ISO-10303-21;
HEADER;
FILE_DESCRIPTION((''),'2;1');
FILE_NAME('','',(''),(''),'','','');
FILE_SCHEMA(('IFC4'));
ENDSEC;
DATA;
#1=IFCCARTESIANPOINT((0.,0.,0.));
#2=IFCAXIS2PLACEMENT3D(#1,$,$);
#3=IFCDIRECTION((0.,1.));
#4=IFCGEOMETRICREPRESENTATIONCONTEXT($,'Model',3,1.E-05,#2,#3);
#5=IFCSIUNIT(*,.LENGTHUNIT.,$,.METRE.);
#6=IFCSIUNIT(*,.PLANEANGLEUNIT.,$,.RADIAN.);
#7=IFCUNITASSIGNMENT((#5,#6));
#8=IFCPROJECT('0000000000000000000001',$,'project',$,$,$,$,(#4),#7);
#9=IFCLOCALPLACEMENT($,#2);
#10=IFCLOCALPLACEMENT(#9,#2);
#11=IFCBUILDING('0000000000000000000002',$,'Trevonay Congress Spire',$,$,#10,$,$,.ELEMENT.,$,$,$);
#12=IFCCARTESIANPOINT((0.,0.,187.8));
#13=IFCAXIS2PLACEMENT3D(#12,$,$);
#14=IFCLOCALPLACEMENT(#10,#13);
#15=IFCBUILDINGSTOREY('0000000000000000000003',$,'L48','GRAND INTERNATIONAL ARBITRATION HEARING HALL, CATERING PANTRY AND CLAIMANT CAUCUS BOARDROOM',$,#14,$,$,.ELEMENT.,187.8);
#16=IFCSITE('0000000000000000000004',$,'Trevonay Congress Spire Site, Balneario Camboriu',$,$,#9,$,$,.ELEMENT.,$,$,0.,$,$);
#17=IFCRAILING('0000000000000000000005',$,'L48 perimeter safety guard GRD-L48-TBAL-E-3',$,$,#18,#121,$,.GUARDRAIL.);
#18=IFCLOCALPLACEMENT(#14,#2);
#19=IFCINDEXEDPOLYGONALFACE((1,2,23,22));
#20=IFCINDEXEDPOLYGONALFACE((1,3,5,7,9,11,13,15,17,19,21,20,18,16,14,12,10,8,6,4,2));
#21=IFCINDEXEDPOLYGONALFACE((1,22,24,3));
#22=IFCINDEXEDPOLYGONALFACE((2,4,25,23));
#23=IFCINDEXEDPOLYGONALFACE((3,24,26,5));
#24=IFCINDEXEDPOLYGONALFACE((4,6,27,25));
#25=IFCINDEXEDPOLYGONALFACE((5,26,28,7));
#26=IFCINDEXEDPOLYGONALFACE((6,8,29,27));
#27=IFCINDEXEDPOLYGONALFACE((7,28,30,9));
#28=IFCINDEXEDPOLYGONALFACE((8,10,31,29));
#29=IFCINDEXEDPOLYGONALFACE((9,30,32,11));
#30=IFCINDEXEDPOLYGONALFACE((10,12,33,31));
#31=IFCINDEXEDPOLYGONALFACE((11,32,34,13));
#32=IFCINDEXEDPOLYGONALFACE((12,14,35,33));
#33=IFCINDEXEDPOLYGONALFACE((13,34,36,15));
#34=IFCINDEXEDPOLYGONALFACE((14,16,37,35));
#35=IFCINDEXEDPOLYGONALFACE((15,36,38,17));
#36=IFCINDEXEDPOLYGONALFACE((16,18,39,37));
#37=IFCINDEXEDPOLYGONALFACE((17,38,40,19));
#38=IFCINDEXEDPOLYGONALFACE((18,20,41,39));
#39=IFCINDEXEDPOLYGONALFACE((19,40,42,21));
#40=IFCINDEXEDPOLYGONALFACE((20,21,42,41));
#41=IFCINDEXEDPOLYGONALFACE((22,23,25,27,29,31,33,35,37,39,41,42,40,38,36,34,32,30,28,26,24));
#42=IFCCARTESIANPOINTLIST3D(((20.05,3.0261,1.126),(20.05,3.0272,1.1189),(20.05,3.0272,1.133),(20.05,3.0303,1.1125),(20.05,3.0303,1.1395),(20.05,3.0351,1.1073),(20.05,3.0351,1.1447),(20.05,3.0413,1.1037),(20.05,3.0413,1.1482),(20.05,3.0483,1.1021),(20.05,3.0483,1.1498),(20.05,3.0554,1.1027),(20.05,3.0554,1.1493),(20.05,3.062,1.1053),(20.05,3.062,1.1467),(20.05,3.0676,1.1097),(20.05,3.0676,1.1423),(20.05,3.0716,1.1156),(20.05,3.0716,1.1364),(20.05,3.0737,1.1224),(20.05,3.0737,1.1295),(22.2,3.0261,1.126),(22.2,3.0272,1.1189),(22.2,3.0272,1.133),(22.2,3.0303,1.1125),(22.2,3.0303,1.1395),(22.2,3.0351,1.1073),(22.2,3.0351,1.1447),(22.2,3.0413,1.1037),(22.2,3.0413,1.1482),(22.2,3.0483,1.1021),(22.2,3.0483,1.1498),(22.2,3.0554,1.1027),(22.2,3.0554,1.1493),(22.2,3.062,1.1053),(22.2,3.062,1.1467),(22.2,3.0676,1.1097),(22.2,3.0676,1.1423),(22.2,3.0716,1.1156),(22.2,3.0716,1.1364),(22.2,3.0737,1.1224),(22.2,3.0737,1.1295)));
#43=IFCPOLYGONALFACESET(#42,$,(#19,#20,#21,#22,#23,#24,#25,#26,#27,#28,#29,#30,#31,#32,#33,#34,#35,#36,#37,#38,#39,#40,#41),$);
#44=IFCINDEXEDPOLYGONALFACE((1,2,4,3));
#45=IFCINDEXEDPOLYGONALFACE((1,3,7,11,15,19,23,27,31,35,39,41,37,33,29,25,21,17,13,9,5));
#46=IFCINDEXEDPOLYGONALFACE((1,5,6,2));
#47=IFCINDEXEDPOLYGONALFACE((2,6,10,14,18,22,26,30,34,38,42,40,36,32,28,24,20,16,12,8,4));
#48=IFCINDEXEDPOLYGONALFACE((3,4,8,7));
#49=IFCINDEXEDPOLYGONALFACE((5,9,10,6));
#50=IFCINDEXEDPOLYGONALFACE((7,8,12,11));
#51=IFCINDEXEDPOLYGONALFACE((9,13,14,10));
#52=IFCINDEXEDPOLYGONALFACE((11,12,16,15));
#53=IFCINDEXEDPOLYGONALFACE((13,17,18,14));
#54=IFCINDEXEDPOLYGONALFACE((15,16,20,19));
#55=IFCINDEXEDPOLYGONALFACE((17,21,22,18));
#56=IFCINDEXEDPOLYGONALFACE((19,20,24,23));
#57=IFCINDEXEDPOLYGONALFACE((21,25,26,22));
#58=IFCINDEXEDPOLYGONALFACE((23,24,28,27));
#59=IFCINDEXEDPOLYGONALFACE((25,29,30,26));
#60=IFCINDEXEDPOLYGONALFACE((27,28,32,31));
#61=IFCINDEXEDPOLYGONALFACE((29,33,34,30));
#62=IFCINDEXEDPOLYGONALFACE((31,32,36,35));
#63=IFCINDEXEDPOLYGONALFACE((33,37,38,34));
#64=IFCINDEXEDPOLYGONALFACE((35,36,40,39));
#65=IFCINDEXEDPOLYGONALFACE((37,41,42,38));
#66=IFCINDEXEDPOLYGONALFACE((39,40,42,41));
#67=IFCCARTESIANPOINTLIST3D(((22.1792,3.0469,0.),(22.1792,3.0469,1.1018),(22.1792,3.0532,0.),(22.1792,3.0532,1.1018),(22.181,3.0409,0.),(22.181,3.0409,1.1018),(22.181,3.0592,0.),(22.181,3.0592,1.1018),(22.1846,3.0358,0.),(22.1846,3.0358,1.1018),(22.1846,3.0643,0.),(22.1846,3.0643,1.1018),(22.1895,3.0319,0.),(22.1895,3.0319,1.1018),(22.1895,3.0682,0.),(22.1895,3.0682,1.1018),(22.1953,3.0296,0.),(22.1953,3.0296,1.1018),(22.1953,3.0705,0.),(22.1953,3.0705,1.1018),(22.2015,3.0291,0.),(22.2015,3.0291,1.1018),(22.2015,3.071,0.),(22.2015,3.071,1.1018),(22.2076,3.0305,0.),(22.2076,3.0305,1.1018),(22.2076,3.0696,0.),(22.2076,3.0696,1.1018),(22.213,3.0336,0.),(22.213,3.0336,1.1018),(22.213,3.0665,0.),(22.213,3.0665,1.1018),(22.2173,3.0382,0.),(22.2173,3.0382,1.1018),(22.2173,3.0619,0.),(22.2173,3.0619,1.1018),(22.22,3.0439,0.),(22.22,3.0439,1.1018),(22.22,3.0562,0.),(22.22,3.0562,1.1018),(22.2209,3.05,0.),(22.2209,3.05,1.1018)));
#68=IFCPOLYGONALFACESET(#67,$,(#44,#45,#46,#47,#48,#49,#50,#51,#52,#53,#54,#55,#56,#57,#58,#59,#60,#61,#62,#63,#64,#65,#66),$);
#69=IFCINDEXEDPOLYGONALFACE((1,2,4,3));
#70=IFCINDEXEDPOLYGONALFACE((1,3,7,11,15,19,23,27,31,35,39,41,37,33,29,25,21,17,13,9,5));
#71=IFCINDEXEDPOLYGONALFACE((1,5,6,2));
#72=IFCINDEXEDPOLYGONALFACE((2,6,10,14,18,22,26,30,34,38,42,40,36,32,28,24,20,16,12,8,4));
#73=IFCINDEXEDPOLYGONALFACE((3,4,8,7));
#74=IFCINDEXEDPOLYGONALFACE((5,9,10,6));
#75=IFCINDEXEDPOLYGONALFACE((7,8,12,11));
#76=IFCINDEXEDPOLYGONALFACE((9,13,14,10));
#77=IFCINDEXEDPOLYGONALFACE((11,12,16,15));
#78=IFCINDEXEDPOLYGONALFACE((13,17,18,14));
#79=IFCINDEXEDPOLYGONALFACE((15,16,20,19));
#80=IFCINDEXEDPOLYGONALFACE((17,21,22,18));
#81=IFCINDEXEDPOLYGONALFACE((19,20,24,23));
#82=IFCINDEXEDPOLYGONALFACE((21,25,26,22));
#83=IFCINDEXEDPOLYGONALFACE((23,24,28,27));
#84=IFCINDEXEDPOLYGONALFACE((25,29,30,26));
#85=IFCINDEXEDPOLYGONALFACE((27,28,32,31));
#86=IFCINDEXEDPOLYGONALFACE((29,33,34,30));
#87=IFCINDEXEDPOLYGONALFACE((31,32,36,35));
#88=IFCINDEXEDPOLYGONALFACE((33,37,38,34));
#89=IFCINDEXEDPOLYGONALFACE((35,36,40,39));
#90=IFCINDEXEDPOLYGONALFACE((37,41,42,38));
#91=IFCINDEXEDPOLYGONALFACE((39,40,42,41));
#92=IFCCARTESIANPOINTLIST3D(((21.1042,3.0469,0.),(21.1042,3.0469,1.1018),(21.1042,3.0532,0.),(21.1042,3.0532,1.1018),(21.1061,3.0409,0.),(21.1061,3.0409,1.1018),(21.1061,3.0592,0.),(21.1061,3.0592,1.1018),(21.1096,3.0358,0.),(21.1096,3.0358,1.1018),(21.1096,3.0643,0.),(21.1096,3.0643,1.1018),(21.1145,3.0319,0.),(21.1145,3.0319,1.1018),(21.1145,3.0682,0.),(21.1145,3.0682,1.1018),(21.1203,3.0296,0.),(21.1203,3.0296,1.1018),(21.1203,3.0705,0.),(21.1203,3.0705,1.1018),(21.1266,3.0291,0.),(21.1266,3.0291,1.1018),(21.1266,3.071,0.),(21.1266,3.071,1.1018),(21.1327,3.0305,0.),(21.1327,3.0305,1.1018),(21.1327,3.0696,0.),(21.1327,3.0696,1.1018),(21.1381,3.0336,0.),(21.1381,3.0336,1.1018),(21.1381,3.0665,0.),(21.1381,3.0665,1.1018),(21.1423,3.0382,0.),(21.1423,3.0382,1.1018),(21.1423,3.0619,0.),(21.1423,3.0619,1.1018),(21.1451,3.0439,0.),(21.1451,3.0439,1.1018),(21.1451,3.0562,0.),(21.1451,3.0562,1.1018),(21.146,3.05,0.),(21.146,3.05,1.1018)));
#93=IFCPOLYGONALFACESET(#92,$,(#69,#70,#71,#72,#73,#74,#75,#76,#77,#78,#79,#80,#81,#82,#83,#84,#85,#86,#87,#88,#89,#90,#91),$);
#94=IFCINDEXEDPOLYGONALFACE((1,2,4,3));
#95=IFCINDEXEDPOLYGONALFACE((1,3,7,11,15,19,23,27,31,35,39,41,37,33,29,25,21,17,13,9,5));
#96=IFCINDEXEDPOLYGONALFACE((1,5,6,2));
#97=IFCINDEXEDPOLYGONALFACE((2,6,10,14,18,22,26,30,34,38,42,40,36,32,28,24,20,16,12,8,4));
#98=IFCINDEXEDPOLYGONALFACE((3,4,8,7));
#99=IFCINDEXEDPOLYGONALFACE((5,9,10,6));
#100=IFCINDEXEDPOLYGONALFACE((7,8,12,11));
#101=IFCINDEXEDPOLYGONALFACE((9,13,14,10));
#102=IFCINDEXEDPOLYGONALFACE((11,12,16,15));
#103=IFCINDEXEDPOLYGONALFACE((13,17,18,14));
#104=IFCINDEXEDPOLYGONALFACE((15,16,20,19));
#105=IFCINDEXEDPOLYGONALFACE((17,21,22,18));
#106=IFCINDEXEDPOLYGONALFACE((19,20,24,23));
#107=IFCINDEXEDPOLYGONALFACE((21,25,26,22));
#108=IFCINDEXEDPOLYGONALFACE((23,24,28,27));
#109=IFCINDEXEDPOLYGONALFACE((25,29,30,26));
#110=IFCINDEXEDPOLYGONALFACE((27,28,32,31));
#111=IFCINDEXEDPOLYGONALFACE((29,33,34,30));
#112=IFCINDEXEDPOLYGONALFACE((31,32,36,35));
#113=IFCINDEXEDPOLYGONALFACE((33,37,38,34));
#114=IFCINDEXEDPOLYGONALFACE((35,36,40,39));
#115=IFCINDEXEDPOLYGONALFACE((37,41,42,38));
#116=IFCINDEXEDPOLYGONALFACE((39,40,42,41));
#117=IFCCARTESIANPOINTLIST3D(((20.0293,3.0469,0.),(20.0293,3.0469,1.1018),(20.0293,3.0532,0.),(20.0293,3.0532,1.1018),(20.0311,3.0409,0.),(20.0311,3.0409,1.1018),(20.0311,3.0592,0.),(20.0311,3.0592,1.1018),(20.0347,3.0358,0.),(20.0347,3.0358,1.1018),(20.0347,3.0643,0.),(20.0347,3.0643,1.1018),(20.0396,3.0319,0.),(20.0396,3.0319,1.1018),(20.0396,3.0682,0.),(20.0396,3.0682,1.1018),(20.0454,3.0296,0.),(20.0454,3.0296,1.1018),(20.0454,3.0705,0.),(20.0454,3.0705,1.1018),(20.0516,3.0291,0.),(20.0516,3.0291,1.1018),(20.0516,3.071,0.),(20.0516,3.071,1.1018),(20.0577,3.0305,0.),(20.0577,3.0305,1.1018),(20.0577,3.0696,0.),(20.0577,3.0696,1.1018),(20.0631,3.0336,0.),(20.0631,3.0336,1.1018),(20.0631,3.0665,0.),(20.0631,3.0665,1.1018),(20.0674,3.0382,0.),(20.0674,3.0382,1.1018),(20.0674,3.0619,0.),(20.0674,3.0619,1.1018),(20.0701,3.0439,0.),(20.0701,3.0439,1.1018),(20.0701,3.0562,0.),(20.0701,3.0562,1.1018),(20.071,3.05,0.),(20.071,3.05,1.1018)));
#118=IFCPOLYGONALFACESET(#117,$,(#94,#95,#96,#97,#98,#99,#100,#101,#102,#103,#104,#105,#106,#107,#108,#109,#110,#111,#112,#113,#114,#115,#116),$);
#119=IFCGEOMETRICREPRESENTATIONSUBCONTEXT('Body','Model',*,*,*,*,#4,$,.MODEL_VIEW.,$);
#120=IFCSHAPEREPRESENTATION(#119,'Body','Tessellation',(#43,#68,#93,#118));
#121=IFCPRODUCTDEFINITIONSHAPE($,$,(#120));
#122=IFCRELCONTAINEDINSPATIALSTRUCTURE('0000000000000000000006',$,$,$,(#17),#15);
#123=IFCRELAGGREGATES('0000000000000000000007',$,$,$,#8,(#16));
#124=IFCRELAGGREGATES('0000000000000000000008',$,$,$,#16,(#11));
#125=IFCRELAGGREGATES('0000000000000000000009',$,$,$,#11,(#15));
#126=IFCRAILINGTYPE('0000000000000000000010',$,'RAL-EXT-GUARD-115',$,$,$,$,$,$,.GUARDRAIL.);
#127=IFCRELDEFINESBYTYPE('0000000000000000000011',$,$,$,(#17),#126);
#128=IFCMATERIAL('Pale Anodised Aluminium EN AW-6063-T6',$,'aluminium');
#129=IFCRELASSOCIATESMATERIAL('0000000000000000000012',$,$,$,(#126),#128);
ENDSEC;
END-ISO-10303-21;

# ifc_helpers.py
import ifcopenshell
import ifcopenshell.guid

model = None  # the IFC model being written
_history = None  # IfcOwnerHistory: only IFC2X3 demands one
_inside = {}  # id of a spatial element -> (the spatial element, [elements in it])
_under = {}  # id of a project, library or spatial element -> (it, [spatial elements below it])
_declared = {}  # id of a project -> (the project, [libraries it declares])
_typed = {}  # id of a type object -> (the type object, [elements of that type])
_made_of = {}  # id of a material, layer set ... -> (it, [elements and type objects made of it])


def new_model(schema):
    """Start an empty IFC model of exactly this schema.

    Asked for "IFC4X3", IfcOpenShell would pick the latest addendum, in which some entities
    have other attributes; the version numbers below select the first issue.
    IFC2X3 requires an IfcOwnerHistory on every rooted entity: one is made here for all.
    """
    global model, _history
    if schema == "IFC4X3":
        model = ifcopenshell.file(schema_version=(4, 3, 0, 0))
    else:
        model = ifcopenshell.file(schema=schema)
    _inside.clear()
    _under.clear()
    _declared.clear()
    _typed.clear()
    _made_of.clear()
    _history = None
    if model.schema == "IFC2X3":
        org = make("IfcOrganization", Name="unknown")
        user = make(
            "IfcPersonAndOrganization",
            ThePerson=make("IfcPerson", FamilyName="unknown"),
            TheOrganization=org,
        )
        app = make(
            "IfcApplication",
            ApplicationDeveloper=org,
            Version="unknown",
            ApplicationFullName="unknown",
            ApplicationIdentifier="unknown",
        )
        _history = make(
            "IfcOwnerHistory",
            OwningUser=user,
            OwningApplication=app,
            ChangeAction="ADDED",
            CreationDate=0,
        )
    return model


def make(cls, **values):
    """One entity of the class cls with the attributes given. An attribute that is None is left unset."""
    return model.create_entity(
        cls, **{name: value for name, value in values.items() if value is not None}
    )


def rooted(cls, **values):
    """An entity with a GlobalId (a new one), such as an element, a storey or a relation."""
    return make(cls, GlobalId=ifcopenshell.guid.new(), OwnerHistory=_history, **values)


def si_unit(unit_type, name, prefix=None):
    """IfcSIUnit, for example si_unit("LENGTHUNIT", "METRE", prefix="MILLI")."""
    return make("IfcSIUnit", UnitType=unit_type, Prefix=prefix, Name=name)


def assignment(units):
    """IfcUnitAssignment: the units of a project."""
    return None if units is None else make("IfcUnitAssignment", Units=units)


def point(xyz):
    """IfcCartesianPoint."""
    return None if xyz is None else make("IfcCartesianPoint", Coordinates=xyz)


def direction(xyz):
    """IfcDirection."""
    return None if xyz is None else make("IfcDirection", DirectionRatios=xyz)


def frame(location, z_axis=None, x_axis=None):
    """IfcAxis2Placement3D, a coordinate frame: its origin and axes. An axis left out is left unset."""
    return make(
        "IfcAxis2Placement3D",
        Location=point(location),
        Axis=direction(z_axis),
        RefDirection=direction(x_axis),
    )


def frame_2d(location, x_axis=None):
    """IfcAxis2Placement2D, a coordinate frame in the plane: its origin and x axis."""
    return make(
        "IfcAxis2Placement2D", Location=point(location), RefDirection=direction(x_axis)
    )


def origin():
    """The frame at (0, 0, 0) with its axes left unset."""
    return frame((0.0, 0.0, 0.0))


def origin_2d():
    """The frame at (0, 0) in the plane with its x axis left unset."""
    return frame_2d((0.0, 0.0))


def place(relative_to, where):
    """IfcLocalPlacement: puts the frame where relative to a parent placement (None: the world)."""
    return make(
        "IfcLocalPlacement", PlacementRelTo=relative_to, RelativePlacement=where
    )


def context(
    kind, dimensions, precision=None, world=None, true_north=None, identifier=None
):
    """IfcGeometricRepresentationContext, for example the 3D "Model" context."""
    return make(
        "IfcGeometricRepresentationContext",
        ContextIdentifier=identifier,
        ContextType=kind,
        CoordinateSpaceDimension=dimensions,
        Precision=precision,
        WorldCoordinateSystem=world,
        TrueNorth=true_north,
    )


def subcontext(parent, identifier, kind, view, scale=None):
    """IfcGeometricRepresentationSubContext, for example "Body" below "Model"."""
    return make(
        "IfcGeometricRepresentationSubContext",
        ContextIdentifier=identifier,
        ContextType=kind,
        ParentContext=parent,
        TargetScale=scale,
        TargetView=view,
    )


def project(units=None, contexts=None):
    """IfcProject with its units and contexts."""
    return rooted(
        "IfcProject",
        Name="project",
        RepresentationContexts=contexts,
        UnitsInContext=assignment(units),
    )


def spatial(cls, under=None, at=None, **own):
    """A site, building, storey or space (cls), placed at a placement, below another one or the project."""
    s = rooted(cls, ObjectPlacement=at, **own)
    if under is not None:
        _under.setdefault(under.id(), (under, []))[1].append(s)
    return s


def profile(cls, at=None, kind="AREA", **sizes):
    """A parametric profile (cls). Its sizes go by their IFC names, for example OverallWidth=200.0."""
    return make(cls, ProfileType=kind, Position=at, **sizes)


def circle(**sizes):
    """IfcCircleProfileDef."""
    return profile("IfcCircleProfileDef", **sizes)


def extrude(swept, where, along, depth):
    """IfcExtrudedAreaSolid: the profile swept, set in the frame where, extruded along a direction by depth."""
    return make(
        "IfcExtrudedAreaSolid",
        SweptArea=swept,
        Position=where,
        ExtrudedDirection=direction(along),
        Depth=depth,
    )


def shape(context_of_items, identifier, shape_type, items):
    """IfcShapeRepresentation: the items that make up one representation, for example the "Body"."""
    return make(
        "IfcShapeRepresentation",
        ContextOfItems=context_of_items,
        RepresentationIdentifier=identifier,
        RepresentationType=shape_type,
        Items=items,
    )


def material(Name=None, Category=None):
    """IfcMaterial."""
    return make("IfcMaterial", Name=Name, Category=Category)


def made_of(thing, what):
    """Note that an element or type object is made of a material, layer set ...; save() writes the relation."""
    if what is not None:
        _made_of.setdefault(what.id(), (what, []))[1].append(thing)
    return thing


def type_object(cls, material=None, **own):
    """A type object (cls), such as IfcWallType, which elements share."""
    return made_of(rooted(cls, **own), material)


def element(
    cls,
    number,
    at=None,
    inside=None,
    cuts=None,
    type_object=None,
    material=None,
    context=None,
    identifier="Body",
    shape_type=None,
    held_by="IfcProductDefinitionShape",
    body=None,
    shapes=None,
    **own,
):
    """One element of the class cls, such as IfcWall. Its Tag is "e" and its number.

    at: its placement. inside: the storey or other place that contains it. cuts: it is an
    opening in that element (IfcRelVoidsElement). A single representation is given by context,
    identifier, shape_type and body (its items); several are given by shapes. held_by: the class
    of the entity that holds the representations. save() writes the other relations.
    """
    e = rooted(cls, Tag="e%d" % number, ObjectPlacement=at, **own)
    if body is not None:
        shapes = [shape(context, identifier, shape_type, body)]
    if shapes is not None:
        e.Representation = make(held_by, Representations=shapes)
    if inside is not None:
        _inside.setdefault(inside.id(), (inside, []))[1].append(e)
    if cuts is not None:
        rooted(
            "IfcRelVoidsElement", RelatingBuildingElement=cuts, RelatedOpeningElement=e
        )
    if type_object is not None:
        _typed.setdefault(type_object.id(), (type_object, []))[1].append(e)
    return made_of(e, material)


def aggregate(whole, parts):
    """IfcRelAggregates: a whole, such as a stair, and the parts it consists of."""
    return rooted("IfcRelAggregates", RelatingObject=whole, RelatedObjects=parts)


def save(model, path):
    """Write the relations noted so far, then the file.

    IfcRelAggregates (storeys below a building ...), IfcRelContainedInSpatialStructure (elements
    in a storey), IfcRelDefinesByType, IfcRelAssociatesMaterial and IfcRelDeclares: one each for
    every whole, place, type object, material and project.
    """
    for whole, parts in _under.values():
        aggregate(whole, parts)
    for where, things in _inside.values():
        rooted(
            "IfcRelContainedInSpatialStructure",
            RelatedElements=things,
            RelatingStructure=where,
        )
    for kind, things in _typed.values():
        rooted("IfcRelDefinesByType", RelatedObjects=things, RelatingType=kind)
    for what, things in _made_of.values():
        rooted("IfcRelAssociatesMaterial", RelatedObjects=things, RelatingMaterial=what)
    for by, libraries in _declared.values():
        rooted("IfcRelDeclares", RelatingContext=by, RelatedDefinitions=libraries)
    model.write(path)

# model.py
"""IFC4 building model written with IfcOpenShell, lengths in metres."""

from ifc_helpers import new_model, si_unit, direction, frame, origin, origin_2d, place, context, subcontext, project, spatial, circle, extrude, material, type_object, element, save


model = new_model("IFC4")

# Units and contexts
model_context = context("Model", 3, precision=1e-05, world=origin(), true_north=direction((0.0, 1.0)))
body_context = subcontext(model_context, "Body", "Model", "MODEL_VIEW")
ifc_project = project(units=[si_unit("LENGTHUNIT", "METRE"), si_unit("PLANEANGLEUNIT", "RADIAN")], contexts=[model_context])

# Site, building, storey
site_placement = place(None, origin())
site = spatial("IfcSite", under=ifc_project, at=site_placement, Name="Trevonay Congress Spire Site, Balneario Camboriu", CompositionType="ELEMENT", RefElevation=0.0)
building_placement = place(site_placement, origin())
building = spatial("IfcBuilding", under=site, at=building_placement, Name="Trevonay Congress Spire", CompositionType="ELEMENT")
storey_placement = place(building_placement, frame((0.0, 0.0, 187.8)))
storey = spatial("IfcBuildingStorey", under=building, at=storey_placement, Name="L48", Description="GRAND INTERNATIONAL ARBITRATION HEARING HALL, CATERING PANTRY AND CLAIMANT CAUCUS BOARDROOM", CompositionType="ELEMENT", Elevation=187.8)

# Shared definitions
ifc_material_1 = material(Name="Pale Anodised Aluminium EN AW-6063-T6", Category="aluminium")

# Railing
railing_type = type_object("IfcRailingType", Name="RAL-EXT-GUARD-115", PredefinedType="GUARDRAIL", material=ifc_material_1)
railing_placement = place(storey_placement, frame((22.2, 3.05, 0.0)))
element("IfcRailing", 1, at=railing_placement, inside=storey, type_object=railing_type, Name="L48 perimeter safety guard GRD-L48-TBAL-E-3", PredefinedType="GUARDRAIL", context=body_context, shape_type="SweptSolid", body=[
    extrude(circle(Radius=0.0239, at=origin_2d()), frame((0.0, 0.0, 1.126), z_axis=(-1.0, 0.0, 0.0), x_axis=(0.0, -1.0, 0.0)), (0.0, 0.0, 1.0), 2.1499),
    extrude(circle(Radius=0.021, at=origin_2d()), origin(), (0.0, 0.0, 1.0), 1.1018),
    extrude(circle(Radius=0.021, at=origin_2d()), frame((-1.075, 0.0, 0.0)), (0.0, 0.0, 1.0), 1.1018),
    extrude(circle(Radius=0.021, at=origin_2d()), frame((-2.1499, 0.0, 0.0)), (0.0, 0.0, 1.0), 1.1018),
])

save(model, "model.ifc")
